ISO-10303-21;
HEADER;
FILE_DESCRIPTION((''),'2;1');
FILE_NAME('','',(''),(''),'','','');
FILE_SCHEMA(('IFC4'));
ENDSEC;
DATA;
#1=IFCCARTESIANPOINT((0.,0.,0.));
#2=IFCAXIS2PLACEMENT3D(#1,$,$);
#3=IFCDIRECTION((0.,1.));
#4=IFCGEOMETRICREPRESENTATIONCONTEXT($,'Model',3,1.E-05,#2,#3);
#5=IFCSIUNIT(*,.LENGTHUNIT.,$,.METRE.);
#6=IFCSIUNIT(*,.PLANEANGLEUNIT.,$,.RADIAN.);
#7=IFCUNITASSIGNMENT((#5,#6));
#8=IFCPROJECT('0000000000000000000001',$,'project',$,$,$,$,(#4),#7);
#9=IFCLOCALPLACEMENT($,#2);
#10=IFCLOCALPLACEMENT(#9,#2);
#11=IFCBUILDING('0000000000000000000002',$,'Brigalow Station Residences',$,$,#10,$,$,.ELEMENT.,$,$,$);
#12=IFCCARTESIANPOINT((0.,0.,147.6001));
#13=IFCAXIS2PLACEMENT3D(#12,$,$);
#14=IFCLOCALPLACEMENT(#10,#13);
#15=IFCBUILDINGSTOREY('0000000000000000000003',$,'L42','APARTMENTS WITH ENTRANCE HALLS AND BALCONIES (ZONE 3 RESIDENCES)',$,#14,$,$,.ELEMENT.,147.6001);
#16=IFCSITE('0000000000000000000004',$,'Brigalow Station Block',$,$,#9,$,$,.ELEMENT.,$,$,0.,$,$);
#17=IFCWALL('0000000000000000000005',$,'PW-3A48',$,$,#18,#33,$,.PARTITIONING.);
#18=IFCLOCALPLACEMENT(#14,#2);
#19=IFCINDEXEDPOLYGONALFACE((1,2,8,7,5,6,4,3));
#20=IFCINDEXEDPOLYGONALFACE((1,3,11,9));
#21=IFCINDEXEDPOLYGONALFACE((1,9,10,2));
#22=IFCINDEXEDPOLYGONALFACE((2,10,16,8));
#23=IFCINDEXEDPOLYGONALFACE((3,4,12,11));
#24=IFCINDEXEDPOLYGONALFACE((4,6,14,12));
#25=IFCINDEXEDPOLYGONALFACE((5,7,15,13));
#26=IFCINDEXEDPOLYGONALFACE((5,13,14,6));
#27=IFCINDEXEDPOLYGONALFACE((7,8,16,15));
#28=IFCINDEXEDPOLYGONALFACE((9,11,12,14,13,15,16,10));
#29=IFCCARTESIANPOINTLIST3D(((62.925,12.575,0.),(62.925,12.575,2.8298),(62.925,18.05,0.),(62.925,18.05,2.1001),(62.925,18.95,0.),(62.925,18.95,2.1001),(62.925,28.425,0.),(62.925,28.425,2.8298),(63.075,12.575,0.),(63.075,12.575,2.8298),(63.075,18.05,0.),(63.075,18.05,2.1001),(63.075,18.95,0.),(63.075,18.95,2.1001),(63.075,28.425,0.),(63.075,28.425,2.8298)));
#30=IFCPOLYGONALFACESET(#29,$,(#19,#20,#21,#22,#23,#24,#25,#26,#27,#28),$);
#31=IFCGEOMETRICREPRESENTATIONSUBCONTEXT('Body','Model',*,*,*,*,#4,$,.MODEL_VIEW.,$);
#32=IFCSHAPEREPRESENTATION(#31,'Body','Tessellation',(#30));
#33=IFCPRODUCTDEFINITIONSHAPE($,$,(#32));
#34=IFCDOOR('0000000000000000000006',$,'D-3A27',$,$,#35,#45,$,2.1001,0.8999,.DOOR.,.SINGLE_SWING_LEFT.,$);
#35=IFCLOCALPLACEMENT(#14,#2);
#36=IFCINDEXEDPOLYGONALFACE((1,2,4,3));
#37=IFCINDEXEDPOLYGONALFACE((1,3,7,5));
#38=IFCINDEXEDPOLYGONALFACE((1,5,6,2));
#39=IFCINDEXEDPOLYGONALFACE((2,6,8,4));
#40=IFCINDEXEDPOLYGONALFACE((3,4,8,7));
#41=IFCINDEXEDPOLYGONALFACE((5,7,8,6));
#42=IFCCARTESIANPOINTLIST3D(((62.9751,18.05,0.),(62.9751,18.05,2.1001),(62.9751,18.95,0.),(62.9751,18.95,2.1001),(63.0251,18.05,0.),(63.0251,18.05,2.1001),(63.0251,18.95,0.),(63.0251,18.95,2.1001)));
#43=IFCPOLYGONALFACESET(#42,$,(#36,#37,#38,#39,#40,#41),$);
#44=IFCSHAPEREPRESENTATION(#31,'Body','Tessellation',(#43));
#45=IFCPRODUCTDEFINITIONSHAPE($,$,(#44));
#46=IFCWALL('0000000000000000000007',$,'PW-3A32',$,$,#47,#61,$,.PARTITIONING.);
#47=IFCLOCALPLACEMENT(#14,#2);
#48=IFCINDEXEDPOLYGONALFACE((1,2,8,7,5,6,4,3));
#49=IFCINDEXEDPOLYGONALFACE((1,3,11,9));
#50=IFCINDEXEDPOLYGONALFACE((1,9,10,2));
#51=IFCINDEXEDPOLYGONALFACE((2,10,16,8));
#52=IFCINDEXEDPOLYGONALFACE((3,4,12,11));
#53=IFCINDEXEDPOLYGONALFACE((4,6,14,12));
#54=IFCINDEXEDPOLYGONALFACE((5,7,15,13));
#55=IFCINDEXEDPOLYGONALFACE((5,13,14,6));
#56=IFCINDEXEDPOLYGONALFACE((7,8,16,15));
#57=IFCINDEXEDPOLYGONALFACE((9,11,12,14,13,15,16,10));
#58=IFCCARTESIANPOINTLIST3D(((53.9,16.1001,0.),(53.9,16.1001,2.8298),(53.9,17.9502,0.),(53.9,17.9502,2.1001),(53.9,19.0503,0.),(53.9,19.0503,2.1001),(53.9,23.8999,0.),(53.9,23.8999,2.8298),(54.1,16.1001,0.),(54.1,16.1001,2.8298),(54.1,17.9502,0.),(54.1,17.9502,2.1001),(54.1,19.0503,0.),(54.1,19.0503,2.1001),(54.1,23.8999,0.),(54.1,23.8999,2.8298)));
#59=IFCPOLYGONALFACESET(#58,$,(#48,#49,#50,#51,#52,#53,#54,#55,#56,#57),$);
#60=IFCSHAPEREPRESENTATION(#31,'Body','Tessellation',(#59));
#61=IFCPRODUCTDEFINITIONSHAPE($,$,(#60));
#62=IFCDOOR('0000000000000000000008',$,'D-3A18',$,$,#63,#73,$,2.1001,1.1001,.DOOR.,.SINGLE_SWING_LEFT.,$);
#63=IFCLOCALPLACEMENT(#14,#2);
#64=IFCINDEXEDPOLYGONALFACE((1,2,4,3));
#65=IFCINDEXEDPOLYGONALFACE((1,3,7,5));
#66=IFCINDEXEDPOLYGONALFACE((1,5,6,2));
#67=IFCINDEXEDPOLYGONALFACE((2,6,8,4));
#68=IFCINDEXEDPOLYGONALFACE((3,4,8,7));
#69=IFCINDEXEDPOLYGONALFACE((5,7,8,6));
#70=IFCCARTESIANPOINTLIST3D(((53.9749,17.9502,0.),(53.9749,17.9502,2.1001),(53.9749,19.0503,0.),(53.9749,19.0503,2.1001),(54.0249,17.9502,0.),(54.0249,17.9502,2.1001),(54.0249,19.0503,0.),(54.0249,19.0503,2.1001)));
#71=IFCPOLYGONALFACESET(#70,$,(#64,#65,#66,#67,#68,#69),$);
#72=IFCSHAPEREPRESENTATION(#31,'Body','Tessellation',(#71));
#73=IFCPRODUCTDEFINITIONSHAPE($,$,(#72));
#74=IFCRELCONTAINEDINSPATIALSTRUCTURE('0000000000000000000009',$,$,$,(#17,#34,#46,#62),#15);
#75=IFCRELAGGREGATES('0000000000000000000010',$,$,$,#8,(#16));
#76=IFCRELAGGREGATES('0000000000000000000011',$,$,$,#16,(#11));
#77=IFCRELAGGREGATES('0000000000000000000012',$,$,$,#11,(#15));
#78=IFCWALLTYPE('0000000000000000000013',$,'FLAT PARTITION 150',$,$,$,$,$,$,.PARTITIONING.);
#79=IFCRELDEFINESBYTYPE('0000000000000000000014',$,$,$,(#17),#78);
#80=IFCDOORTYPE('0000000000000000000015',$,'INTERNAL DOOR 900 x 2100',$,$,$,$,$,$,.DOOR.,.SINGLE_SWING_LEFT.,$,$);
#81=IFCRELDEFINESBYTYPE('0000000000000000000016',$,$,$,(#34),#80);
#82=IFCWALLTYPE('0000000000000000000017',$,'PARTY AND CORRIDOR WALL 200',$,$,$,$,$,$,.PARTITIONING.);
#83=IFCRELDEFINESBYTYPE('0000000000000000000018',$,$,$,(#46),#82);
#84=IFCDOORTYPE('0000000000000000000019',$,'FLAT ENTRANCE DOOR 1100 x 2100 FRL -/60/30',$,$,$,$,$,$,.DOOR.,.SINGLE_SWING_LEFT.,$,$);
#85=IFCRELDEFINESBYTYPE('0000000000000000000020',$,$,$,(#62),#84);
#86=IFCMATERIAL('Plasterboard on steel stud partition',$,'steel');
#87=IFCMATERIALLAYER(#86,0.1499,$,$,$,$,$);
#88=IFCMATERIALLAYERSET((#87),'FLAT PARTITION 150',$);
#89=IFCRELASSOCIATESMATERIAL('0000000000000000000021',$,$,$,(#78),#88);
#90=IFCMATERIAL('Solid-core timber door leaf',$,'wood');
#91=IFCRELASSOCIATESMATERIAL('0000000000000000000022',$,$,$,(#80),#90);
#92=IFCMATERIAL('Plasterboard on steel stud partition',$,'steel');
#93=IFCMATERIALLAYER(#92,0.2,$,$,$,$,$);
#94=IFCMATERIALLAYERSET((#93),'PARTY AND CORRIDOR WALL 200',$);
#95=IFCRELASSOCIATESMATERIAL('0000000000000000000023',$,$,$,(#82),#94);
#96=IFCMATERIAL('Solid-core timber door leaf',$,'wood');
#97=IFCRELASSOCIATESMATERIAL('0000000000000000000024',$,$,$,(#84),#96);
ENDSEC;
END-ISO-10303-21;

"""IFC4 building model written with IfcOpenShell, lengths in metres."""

from ifc_helpers import new_model, si_unit, direction, frame, frame_2d, origin, place, context, subcontext, project, spatial, rectangle, extrude, material, layer, layer_set, type_object, element, fill, save


model = new_model("IFC4")

# Units and contexts
model_context = context("Model", 3, precision=1e-05, world=origin(), true_north=direction((0.0, 1.0)))
body_context = subcontext(model_context, "Body", "Model", "MODEL_VIEW")
ifc_project = project(units=[si_unit("LENGTHUNIT", "METRE"), si_unit("PLANEANGLEUNIT", "RADIAN")], contexts=[model_context])

# Site, building, storey
site_placement = place(None, origin())
site = spatial("IfcSite", under=ifc_project, at=site_placement, Name="Brigalow Station Block", CompositionType="ELEMENT", RefElevation=0.0)
building_placement = place(site_placement, origin())
building = spatial("IfcBuilding", under=site, at=building_placement, Name="Brigalow Station Residences", CompositionType="ELEMENT")
storey_placement = place(building_placement, frame((0.0, 0.0, 147.6001)))
storey = spatial("IfcBuildingStorey", under=building, at=storey_placement, Name="L42", Description="APARTMENTS WITH ENTRANCE HALLS AND BALCONIES (ZONE 3 RESIDENCES)", CompositionType="ELEMENT", Elevation=147.6001)

# Shared definitions
ifc_material_1 = material(Name="Plasterboard on steel stud partition", Category="steel")
ifc_layer_1 = layer(ifc_material_1, 0.1499)
ifc_layer_set_1 = layer_set([ifc_layer_1], Name="FLAT PARTITION 150")
wall_type_1 = type_object("IfcWallType", Name="FLAT PARTITION 150", PredefinedType="PARTITIONING", material=ifc_layer_set_1)
ifc_material_2 = material(Name="Solid-core timber door leaf", Category="wood")
door_type_1 = type_object("IfcDoorType", Name="INTERNAL DOOR 900 x 2100", OperationType="SINGLE_SWING_LEFT", PredefinedType="DOOR", material=ifc_material_2)

# Walls, openings, doors
wall_1_placement = place(storey_placement, frame((63.0, 12.575, 0.0), z_axis=(0.0, 0.0, 1.0), x_axis=(0.0, 1.0, 0.0)))
wall_1 = element("IfcWall", 1, at=wall_1_placement, inside=storey, type_object=wall_type_1, Name="PW-3A48", PredefinedType="PARTITIONING", context=body_context, shape_type="SweptSolid", body=[
    extrude(rectangle(XDim=15.8501, YDim=0.1499, at=frame_2d((7.925, 0.0))), origin(), (0.0, 0.0, 1.0), 2.8298),
])
opening_1_placement = place(wall_1_placement, frame((5.4751, 0.0, 0.0)))
opening_1 = element("IfcOpeningElement", 2, at=opening_1_placement, cuts=wall_1, PredefinedType="OPENING", context=body_context, shape_type="SweptSolid", body=[
    extrude(rectangle(XDim=0.8999, YDim=2.1001, at=frame_2d((0.45, 1.05))), frame((0.0, 0.085, 0.0), z_axis=(0.0, -1.0, 0.0), x_axis=(1.0, 0.0, 0.0)), (0.0, 0.0, 1.0), 0.1699),
])
door_1_placement = place(opening_1_placement, origin())
door_1 = element("IfcDoor", 3, at=door_1_placement, inside=storey, type_object=door_type_1, Name="D-3A27", OperationType="SINGLE_SWING_LEFT", OverallHeight=2.1001, OverallWidth=0.8999, PredefinedType="DOOR", context=body_context, shape_type="SweptSolid", body=[
    extrude(rectangle(XDim=0.8999, YDim=2.1001, at=frame_2d((0.45, 1.05))), frame((0.0, 0.0249, 0.0), z_axis=(0.0, -1.0, 0.0), x_axis=(1.0, 0.0, 0.0)), (0.0, 0.0, 1.0), 0.05),
])
fill(opening_1, door_1)
ifc_material_3 = material(Name="Plasterboard on steel stud partition", Category="steel")
ifc_layer_2 = layer(ifc_material_3, 0.2)
ifc_layer_set_2 = layer_set([ifc_layer_2], Name="PARTY AND CORRIDOR WALL 200")
wall_type_2 = type_object("IfcWallType", Name="PARTY AND CORRIDOR WALL 200", PredefinedType="PARTITIONING", material=ifc_layer_set_2)
wall_2_placement = place(storey_placement, frame((54.0, 16.1001, 0.0), z_axis=(0.0, 0.0, 1.0), x_axis=(0.0, 1.0, 0.0)))
wall_2 = element("IfcWall", 4, at=wall_2_placement, inside=storey, type_object=wall_type_2, Name="PW-3A32", PredefinedType="PARTITIONING", context=body_context, shape_type="SweptSolid", body=[
    extrude(rectangle(XDim=7.7998, YDim=0.2, at=frame_2d((3.8999, 0.0))), origin(), (0.0, 0.0, 1.0), 2.8298),
])
opening_2_placement = place(wall_2_placement, frame((1.8501, 0.0, 0.0)))
opening_2 = element("IfcOpeningElement", 5, at=opening_2_placement, cuts=wall_2, PredefinedType="OPENING", context=body_context, shape_type="SweptSolid", body=[
    extrude(rectangle(XDim=1.1001, YDim=2.1001, at=frame_2d((0.55, 1.05))), frame((0.0, 0.1099, 0.0), z_axis=(0.0, -1.0, 0.0), x_axis=(1.0, 0.0, 0.0)), (0.0, 0.0, 1.0), 0.22),
])
ifc_material_4 = material(Name="Solid-core timber door leaf", Category="wood")
door_type_2 = type_object("IfcDoorType", Name="FLAT ENTRANCE DOOR 1100 x 2100 FRL -/60/30", OperationType="SINGLE_SWING_LEFT", PredefinedType="DOOR", material=ifc_material_4)
door_2_placement = place(opening_2_placement, frame((1.1001, 0.0, 0.0), z_axis=(0.0, 0.0, 1.0), x_axis=(-1.0, 0.0, 0.0)))
door_2 = element("IfcDoor", 6, at=door_2_placement, inside=storey, type_object=door_type_2, Name="D-3A18", OperationType="SINGLE_SWING_LEFT", OverallHeight=2.1001, OverallWidth=1.1001, PredefinedType="DOOR", context=body_context, shape_type="SweptSolid", body=[
    extrude(rectangle(XDim=1.1001, YDim=2.1001, at=frame_2d((0.55, 1.05))), frame((0.0, 0.0249, 0.0), z_axis=(0.0, -1.0, 0.0), x_axis=(1.0, 0.0, 0.0)), (0.0, 0.0, 1.0), 0.05),
])
fill(opening_2, door_2)

save(model, "model.ifc")
